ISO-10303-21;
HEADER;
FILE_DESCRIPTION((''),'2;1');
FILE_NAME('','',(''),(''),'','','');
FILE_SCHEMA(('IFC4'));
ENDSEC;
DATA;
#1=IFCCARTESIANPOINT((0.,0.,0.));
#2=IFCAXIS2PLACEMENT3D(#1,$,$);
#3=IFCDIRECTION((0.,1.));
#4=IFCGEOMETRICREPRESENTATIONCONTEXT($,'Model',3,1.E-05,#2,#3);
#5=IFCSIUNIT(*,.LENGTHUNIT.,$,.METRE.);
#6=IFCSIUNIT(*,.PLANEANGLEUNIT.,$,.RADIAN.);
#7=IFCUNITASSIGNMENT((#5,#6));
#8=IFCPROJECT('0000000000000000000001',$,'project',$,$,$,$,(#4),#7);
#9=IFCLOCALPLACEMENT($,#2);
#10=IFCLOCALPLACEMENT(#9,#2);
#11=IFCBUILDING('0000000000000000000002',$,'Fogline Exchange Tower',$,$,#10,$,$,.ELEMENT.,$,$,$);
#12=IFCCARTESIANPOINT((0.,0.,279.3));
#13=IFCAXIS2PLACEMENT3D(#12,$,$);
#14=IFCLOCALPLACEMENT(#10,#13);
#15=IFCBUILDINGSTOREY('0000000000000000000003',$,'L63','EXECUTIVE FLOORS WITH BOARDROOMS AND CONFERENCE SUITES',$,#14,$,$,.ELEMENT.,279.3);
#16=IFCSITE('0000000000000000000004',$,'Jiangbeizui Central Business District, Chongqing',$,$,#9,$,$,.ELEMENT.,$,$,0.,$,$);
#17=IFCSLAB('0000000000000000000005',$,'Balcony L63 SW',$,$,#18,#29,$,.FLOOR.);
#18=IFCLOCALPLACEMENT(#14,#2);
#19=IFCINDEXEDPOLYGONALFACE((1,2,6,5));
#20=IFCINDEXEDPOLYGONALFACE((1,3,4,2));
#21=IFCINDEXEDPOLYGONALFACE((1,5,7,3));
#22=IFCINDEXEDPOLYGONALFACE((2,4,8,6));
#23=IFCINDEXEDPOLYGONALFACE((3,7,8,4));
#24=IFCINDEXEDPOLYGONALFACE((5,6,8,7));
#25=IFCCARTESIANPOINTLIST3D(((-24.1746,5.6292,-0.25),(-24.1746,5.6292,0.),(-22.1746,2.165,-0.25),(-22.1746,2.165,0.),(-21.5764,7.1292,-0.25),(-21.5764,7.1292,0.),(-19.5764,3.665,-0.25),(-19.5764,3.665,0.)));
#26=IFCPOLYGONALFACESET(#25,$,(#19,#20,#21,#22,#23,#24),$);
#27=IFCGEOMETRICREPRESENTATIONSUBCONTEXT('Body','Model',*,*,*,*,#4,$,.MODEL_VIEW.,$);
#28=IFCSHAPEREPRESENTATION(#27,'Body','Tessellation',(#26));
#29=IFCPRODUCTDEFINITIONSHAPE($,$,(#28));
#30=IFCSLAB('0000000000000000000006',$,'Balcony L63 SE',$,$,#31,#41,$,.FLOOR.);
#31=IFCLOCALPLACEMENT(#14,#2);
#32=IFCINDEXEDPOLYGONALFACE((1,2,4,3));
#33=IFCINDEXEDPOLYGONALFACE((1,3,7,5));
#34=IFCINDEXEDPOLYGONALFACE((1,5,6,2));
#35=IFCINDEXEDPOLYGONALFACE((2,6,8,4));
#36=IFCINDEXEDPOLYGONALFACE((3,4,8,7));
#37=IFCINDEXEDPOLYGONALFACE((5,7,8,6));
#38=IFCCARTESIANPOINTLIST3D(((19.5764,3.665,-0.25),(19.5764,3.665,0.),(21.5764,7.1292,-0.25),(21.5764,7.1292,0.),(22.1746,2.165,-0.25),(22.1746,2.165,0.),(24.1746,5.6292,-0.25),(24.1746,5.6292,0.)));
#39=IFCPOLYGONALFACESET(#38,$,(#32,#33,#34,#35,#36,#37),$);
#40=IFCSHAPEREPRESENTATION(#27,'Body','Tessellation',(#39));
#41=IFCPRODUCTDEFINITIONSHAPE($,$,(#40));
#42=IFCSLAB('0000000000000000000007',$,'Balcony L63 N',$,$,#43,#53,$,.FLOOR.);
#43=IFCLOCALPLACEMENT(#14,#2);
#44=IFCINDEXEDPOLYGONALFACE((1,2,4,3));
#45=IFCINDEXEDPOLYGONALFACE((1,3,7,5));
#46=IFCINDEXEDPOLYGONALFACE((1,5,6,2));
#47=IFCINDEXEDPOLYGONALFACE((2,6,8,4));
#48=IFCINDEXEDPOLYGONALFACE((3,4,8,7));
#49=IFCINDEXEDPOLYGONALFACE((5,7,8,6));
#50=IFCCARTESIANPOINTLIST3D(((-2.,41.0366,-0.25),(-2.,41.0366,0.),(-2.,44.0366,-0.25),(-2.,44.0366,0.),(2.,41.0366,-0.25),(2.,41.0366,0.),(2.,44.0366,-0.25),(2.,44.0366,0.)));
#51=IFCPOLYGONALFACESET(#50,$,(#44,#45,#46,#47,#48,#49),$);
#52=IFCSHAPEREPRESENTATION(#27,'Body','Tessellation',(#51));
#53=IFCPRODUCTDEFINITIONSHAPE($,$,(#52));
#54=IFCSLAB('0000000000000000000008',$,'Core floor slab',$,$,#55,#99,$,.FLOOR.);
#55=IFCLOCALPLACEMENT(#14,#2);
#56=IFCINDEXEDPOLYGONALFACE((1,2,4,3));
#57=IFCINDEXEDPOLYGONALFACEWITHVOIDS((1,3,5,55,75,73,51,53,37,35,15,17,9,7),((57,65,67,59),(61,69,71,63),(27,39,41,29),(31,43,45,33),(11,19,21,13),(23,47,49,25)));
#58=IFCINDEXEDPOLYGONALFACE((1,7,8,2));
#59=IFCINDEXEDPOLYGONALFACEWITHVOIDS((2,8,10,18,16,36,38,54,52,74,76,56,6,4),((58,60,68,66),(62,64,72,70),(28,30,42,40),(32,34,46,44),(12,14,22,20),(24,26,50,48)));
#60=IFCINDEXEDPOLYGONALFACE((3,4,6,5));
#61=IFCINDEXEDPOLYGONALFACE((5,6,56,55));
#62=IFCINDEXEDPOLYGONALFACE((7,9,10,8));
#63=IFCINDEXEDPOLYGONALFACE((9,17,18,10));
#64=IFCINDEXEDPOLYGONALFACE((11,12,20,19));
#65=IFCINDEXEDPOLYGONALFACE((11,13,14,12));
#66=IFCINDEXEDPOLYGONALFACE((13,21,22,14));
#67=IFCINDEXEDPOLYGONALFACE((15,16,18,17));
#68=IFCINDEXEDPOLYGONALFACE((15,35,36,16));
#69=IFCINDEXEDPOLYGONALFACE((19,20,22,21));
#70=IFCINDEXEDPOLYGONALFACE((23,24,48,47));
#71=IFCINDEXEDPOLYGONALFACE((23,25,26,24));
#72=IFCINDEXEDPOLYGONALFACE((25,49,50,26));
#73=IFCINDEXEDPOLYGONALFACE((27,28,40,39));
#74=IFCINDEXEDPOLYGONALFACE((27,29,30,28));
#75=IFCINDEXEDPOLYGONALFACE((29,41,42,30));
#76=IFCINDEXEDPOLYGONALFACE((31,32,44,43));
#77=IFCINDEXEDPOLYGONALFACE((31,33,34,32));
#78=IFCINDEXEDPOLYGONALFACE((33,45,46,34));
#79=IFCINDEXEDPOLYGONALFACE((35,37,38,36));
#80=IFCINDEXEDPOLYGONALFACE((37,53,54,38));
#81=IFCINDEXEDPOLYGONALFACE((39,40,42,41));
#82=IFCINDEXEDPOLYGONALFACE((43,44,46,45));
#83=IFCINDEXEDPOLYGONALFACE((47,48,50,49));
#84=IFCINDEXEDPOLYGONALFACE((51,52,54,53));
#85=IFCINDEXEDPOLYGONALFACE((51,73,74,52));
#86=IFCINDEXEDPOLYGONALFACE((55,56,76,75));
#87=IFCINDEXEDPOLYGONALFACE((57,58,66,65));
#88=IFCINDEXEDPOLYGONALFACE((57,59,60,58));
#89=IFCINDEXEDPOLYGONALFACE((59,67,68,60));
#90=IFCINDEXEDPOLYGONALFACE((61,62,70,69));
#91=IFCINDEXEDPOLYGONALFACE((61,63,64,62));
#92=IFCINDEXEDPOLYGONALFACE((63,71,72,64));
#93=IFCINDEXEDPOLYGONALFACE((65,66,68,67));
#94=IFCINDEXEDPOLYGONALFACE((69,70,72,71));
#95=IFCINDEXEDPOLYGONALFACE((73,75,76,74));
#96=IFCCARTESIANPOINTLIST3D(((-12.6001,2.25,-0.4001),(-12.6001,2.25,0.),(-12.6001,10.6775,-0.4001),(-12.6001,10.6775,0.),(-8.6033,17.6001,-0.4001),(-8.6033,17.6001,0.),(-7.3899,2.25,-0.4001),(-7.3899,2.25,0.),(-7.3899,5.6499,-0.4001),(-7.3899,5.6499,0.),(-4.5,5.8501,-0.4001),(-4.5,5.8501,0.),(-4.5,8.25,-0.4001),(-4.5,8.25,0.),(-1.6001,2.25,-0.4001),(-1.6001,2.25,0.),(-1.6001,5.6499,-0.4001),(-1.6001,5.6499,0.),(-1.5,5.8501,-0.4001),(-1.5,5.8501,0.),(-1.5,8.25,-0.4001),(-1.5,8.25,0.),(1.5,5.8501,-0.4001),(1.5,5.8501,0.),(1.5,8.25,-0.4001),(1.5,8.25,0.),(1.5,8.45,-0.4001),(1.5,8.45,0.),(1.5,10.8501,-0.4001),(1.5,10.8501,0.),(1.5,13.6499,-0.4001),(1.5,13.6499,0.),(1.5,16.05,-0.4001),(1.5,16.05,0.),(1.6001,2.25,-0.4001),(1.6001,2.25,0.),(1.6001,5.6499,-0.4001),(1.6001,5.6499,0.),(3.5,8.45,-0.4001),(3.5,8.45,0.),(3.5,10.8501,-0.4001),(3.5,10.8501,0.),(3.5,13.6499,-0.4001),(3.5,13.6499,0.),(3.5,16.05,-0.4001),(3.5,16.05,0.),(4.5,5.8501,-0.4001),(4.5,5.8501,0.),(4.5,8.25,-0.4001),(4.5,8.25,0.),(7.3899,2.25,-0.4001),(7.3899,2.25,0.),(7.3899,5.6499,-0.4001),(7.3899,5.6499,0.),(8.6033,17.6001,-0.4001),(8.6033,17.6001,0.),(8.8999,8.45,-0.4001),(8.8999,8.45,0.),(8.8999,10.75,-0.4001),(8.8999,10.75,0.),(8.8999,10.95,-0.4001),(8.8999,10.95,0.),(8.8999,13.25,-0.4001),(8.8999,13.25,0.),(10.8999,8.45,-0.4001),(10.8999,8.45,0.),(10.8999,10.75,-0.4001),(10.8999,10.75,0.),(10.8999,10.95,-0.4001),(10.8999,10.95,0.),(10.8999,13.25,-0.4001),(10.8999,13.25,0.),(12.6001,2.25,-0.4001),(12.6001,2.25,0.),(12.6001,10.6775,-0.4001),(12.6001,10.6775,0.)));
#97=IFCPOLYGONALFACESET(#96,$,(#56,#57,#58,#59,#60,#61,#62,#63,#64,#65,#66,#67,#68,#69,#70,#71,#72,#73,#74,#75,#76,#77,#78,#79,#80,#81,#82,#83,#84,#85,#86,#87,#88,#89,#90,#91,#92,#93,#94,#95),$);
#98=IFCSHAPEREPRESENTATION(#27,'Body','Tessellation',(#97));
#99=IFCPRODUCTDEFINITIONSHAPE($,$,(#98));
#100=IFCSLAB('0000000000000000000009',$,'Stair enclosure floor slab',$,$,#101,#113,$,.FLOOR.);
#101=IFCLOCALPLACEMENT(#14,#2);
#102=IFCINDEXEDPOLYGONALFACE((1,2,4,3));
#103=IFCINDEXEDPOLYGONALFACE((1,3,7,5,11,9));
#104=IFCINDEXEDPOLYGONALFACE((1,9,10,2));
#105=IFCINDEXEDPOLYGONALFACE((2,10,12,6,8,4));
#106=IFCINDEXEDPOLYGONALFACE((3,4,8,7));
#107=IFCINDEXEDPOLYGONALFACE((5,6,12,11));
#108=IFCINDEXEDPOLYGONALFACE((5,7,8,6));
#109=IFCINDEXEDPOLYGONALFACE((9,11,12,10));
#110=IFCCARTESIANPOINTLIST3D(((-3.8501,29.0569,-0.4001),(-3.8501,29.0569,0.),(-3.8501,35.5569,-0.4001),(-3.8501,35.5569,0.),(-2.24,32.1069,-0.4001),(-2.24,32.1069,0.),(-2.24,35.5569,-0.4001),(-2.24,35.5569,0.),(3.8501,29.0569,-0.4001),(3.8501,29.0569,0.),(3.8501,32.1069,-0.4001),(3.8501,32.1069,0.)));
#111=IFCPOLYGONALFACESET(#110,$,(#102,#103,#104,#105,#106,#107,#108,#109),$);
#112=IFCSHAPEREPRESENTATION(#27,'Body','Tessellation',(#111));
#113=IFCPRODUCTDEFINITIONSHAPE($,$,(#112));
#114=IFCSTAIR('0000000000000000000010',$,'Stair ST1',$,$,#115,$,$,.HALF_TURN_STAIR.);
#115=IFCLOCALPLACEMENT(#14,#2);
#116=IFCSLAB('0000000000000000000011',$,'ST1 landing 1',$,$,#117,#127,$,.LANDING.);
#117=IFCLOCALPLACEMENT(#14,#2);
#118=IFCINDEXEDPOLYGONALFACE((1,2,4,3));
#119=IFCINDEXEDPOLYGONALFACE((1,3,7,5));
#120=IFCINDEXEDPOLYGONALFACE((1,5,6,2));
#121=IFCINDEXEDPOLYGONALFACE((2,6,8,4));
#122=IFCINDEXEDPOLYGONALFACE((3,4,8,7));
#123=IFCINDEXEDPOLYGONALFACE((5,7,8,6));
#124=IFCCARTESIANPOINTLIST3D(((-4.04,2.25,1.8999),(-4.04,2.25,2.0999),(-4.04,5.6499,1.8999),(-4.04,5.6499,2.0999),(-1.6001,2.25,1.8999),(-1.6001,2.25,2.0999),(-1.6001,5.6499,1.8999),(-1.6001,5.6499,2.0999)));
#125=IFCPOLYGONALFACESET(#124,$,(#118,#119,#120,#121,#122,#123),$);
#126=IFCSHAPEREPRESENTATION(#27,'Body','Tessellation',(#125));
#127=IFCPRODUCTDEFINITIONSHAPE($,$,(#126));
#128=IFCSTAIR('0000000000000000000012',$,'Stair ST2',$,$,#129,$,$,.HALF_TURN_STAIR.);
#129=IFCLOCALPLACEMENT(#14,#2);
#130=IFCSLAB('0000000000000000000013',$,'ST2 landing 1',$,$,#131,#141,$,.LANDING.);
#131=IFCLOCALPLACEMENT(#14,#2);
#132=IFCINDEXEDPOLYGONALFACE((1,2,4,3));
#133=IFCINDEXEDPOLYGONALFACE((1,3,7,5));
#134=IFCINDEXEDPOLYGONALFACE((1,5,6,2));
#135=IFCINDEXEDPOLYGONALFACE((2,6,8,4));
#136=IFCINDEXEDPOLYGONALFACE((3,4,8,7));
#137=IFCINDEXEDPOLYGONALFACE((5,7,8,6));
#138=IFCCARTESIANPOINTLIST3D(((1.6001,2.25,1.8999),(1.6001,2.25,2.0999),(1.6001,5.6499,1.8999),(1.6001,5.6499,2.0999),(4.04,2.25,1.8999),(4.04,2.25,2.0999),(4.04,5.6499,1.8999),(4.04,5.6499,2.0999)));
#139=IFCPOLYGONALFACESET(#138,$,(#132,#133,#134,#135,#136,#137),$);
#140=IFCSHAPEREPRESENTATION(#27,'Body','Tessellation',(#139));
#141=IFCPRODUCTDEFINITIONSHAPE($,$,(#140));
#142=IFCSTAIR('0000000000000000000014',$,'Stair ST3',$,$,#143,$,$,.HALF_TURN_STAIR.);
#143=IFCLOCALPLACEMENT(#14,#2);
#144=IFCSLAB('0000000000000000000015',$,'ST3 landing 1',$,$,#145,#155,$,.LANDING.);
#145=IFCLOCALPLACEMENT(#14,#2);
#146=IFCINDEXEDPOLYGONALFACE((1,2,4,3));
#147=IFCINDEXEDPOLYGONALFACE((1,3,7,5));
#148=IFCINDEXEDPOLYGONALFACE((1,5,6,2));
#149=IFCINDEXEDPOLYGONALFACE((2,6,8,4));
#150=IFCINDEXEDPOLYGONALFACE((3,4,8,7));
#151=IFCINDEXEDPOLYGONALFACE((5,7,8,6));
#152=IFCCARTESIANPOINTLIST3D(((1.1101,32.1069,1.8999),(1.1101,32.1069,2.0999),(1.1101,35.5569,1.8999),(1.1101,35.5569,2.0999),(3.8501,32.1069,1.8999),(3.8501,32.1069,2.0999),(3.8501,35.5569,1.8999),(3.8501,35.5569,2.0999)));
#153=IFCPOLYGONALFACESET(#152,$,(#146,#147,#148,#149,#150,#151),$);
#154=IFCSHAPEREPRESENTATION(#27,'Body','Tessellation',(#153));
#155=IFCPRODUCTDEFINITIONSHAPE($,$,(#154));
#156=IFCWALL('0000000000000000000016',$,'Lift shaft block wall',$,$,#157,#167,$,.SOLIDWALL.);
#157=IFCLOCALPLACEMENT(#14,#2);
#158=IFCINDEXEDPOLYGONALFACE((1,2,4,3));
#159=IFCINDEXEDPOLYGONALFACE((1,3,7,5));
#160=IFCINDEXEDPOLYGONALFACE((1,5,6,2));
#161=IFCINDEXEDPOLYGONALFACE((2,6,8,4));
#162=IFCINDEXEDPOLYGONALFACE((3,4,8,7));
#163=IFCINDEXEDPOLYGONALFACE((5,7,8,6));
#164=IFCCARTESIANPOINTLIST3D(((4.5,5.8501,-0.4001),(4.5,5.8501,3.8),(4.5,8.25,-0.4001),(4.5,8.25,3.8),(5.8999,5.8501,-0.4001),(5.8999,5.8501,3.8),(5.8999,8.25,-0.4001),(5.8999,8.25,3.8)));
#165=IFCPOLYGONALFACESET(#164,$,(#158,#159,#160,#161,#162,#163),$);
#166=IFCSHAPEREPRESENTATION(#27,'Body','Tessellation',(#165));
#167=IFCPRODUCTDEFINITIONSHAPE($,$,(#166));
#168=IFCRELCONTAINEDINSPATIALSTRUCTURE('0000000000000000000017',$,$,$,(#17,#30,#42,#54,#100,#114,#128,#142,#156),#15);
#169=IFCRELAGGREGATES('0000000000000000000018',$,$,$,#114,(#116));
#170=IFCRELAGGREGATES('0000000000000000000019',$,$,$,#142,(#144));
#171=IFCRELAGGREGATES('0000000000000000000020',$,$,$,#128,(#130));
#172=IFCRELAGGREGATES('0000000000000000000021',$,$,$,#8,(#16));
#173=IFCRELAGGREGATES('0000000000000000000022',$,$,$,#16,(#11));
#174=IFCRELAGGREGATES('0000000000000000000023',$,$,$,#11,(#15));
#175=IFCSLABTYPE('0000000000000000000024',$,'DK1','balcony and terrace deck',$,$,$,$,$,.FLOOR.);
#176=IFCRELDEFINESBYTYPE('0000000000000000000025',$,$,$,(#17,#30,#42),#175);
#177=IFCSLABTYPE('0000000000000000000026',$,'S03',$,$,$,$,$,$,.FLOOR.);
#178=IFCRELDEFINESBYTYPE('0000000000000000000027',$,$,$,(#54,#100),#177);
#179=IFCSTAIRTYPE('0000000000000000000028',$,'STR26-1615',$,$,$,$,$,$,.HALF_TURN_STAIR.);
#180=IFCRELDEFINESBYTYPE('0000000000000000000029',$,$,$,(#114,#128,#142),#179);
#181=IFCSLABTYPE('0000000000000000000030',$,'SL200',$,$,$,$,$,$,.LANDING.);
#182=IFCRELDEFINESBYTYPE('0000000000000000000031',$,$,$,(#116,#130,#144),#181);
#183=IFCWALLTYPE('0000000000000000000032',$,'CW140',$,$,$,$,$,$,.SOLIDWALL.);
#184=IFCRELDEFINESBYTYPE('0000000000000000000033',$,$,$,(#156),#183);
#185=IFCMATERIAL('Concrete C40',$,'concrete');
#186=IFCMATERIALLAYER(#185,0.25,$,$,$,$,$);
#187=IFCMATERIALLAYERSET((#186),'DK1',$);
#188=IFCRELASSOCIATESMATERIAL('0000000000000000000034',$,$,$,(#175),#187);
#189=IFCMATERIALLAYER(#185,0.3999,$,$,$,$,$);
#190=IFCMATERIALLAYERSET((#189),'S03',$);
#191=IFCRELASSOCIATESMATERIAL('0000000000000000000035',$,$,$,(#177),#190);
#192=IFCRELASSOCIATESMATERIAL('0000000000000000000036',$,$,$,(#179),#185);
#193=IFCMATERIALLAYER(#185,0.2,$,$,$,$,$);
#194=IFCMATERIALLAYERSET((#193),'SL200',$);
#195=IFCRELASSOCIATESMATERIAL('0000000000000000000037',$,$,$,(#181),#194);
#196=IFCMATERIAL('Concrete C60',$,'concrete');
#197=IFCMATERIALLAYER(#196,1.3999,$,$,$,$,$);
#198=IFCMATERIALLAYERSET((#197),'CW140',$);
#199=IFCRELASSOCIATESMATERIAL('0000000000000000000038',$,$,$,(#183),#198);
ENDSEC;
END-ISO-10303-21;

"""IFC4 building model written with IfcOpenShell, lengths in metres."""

from ifc_helpers import new_model, si_unit, direction, frame, frame_2d, origin, place, context, subcontext, project, spatial, polyline, rectangle, outline, extrude, material, layer, layer_set, type_object, element, aggregate, save


model = new_model("IFC4")

# Units and contexts
model_context = context("Model", 3, precision=1e-05, world=origin(), true_north=direction((0.0, 1.0)))
body_context = subcontext(model_context, "Body", "Model", "MODEL_VIEW")
ifc_project = project(units=[si_unit("LENGTHUNIT", "METRE"), si_unit("PLANEANGLEUNIT", "RADIAN")], contexts=[model_context])

# Site, building, storey
site_placement = place(None, origin())
site = spatial("IfcSite", under=ifc_project, at=site_placement, Name="Jiangbeizui Central Business District, Chongqing", CompositionType="ELEMENT", RefElevation=0.0)
building_placement = place(site_placement, origin())
building = spatial("IfcBuilding", under=site, at=building_placement, Name="Fogline Exchange Tower", CompositionType="ELEMENT")
storey_placement = place(building_placement, frame((0.0, 0.0, 279.3)))
storey = spatial("IfcBuildingStorey", under=building, at=storey_placement, Name="L63", Description="EXECUTIVE FLOORS WITH BOARDROOMS AND CONFERENCE SUITES", CompositionType="ELEMENT", Elevation=279.3)

# Slabs
ifc_material_1 = material(Name="Concrete C40", Category="concrete")
ifc_layer_1 = layer(ifc_material_1, 0.25)
ifc_layer_set_1 = layer_set([ifc_layer_1], Name="DK1")
slab_type_1 = type_object("IfcSlabType", Name="DK1", Description="balcony and terrace deck", PredefinedType="FLOOR", material=ifc_layer_set_1)
slab_1_placement = place(storey_placement, frame((0.0, 0.0, -0.25)))
element("IfcSlab", 1, at=slab_1_placement, inside=storey, type_object=slab_type_1, Name="Balcony L63 SW", PredefinedType="FLOOR", context=body_context, shape_type="SweptSolid", body=[
    extrude(outline(polyline([(-24.1746, 5.6292), (-22.1746, 2.165), (-19.5764, 3.665), (-21.5764, 7.1292), (-24.1746, 5.6292)])), origin(), (0.0, 0.0, 1.0), 0.25),
])
slab_2_placement = place(storey_placement, frame((0.0, 0.0, -0.25)))
element("IfcSlab", 2, at=slab_2_placement, inside=storey, type_object=slab_type_1, Name="Balcony L63 SE", PredefinedType="FLOOR", context=body_context, shape_type="SweptSolid", body=[
    extrude(outline(polyline([(22.1746, 2.165), (24.1746, 5.6292), (21.5764, 7.1292), (19.5764, 3.665), (22.1746, 2.165)])), origin(), (0.0, 0.0, 1.0), 0.25),
])
slab_3_placement = place(storey_placement, frame((0.0, 0.0, -0.25)))
element("IfcSlab", 3, at=slab_3_placement, inside=storey, type_object=slab_type_1, Name="Balcony L63 N", PredefinedType="FLOOR", context=body_context, shape_type="SweptSolid", body=[
    extrude(outline(polyline([(2.0, 44.0366), (-2.0, 44.0366), (-2.0, 41.0366), (2.0, 41.0366), (2.0, 44.0366)])), origin(), (0.0, 0.0, 1.0), 0.25),
])
ifc_layer_2 = layer(ifc_material_1, 0.3999)
ifc_layer_set_2 = layer_set([ifc_layer_2], Name="S03")
slab_type_2 = type_object("IfcSlabType", Name="S03", PredefinedType="FLOOR", material=ifc_layer_set_2)
slab_4_placement = place(storey_placement, frame((0.0, 0.0, -0.4001)))
element("IfcSlab", 4, at=slab_4_placement, inside=storey, type_object=slab_type_2, Name="Core floor slab", PredefinedType="FLOOR", context=body_context, shape_type="SweptSolid", body=[
    extrude(outline(polyline([(-12.6001, 2.25), (-12.6001, 10.6775), (-8.6033, 17.6001), (8.6033, 17.6001), (12.6001, 10.6775), (12.6001, 2.25), (7.3899, 2.25), (7.3899, 5.6499), (1.6001, 5.6499), (1.6001, 2.25), (-1.6001, 2.25), (-1.6001, 5.6499), (-7.3899, 5.6499), (-7.3899, 2.25), (-12.6001, 2.25)]), holes=[polyline([(-4.5, 8.25), (-4.5, 5.8501), (-1.5, 5.8501), (-1.5, 8.25), (-4.5, 8.25)]), polyline([(1.5, 8.25), (1.5, 5.8501), (4.5, 5.8501), (4.5, 8.25), (1.5, 8.25)]), polyline([(8.8999, 10.75), (8.8999, 8.45), (10.8999, 8.45), (10.8999, 10.75), (8.8999, 10.75)]), polyline([(1.5, 10.8501), (1.5, 8.45), (3.5, 8.45), (3.5, 10.8501), (1.5, 10.8501)]), polyline([(8.8999, 13.25), (8.8999, 10.95), (10.8999, 10.95), (10.8999, 13.25), (8.8999, 13.25)]), polyline([(1.5, 16.05), (1.5, 13.6499), (3.5, 13.6499), (3.5, 16.05), (1.5, 16.05)])]), origin(), (0.0, 0.0, 1.0), 0.4001),
])
slab_5_placement = place(storey_placement, frame((0.0, 0.0, -0.4001)))
element("IfcSlab", 5, at=slab_5_placement, inside=storey, type_object=slab_type_2, Name="Stair enclosure floor slab", PredefinedType="FLOOR", context=body_context, shape_type="SweptSolid", body=[
    extrude(outline(polyline([(3.8501, 29.0569), (-3.8501, 29.0569), (-3.8501, 35.5569), (-2.24, 35.5569), (-2.24, 32.1069), (3.8501, 32.1069), (3.8501, 29.0569)])), origin(), (0.0, 0.0, 1.0), 0.4001),
])

# Stairs, slabs
stair_type = type_object("IfcStairType", Name="STR26-1615", PredefinedType="HALF_TURN_STAIR", material=ifc_material_1)
stair_1_placement = place(storey_placement, origin())
stair_1 = element("IfcStair", 6, at=stair_1_placement, inside=storey, type_object=stair_type, Name="Stair ST1", PredefinedType="HALF_TURN_STAIR")
ifc_layer_3 = layer(ifc_material_1, 0.2)
ifc_layer_set_3 = layer_set([ifc_layer_3], Name="SL200")
slab_type_3 = type_object("IfcSlabType", Name="SL200", PredefinedType="LANDING", material=ifc_layer_set_3)
slab_6_placement = place(storey_placement, frame((0.0, 0.0, 1.8999)))
slab_6 = element("IfcSlab", 7, at=slab_6_placement, type_object=slab_type_3, Name="ST1 landing 1", PredefinedType="LANDING", context=body_context, shape_type="SweptSolid", body=[
    extrude(outline(polyline([(-4.04, 2.25), (-1.6001, 2.25), (-1.6001, 5.6499), (-4.04, 5.6499), (-4.04, 2.25)])), origin(), (0.0, 0.0, 1.0), 0.2),
])
aggregate(stair_1, [slab_6])
stair_2_placement = place(storey_placement, origin())
stair_2 = element("IfcStair", 8, at=stair_2_placement, inside=storey, type_object=stair_type, Name="Stair ST2", PredefinedType="HALF_TURN_STAIR")
slab_7_placement = place(storey_placement, frame((0.0, 0.0, 1.8999)))
slab_7 = element("IfcSlab", 9, at=slab_7_placement, type_object=slab_type_3, Name="ST2 landing 1", PredefinedType="LANDING", context=body_context, shape_type="SweptSolid", body=[
    extrude(outline(polyline([(1.6001, 2.25), (4.04, 2.25), (4.04, 5.6499), (1.6001, 5.6499), (1.6001, 2.25)])), origin(), (0.0, 0.0, 1.0), 0.2),
])
stair_3_placement = place(storey_placement, origin())
stair_3 = element("IfcStair", 10, at=stair_3_placement, inside=storey, type_object=stair_type, Name="Stair ST3", PredefinedType="HALF_TURN_STAIR")
slab_8_placement = place(storey_placement, frame((0.0, 0.0, 1.8999)))
slab_8 = element("IfcSlab", 11, at=slab_8_placement, type_object=slab_type_3, Name="ST3 landing 1", PredefinedType="LANDING", context=body_context, shape_type="SweptSolid", body=[
    extrude(outline(polyline([(1.1101, 32.1069), (3.8501, 32.1069), (3.8501, 35.5569), (1.1101, 35.5569), (1.1101, 32.1069)])), origin(), (0.0, 0.0, 1.0), 0.2),
])
aggregate(stair_3, [slab_8])

# Wall
ifc_material_2 = material(Name="Concrete C60", Category="concrete")
ifc_layer_4 = layer(ifc_material_2, 1.3999)
ifc_layer_set_4 = layer_set([ifc_layer_4], Name="CW140")
wall_type_1 = type_object("IfcWallType", Name="CW140", PredefinedType="SOLIDWALL", material=ifc_layer_set_4)
wall_1_placement = place(storey_placement, frame((5.2, 5.8501, -0.4001), z_axis=(0.0, 0.0, 1.0), x_axis=(0.0, 1.0, 0.0)))
element("IfcWall", 12, at=wall_1_placement, inside=storey, type_object=wall_type_1, Name="Lift shaft block wall", PredefinedType="SOLIDWALL", context=body_context, shape_type="SweptSolid", body=[
    extrude(rectangle(XDim=2.3999, YDim=1.3999, at=frame_2d((1.2, 0.0))), origin(), (0.0, 0.0, 1.0), 4.2002),
])

aggregate(stair_2, [slab_7])

save(model, "model.ifc")
